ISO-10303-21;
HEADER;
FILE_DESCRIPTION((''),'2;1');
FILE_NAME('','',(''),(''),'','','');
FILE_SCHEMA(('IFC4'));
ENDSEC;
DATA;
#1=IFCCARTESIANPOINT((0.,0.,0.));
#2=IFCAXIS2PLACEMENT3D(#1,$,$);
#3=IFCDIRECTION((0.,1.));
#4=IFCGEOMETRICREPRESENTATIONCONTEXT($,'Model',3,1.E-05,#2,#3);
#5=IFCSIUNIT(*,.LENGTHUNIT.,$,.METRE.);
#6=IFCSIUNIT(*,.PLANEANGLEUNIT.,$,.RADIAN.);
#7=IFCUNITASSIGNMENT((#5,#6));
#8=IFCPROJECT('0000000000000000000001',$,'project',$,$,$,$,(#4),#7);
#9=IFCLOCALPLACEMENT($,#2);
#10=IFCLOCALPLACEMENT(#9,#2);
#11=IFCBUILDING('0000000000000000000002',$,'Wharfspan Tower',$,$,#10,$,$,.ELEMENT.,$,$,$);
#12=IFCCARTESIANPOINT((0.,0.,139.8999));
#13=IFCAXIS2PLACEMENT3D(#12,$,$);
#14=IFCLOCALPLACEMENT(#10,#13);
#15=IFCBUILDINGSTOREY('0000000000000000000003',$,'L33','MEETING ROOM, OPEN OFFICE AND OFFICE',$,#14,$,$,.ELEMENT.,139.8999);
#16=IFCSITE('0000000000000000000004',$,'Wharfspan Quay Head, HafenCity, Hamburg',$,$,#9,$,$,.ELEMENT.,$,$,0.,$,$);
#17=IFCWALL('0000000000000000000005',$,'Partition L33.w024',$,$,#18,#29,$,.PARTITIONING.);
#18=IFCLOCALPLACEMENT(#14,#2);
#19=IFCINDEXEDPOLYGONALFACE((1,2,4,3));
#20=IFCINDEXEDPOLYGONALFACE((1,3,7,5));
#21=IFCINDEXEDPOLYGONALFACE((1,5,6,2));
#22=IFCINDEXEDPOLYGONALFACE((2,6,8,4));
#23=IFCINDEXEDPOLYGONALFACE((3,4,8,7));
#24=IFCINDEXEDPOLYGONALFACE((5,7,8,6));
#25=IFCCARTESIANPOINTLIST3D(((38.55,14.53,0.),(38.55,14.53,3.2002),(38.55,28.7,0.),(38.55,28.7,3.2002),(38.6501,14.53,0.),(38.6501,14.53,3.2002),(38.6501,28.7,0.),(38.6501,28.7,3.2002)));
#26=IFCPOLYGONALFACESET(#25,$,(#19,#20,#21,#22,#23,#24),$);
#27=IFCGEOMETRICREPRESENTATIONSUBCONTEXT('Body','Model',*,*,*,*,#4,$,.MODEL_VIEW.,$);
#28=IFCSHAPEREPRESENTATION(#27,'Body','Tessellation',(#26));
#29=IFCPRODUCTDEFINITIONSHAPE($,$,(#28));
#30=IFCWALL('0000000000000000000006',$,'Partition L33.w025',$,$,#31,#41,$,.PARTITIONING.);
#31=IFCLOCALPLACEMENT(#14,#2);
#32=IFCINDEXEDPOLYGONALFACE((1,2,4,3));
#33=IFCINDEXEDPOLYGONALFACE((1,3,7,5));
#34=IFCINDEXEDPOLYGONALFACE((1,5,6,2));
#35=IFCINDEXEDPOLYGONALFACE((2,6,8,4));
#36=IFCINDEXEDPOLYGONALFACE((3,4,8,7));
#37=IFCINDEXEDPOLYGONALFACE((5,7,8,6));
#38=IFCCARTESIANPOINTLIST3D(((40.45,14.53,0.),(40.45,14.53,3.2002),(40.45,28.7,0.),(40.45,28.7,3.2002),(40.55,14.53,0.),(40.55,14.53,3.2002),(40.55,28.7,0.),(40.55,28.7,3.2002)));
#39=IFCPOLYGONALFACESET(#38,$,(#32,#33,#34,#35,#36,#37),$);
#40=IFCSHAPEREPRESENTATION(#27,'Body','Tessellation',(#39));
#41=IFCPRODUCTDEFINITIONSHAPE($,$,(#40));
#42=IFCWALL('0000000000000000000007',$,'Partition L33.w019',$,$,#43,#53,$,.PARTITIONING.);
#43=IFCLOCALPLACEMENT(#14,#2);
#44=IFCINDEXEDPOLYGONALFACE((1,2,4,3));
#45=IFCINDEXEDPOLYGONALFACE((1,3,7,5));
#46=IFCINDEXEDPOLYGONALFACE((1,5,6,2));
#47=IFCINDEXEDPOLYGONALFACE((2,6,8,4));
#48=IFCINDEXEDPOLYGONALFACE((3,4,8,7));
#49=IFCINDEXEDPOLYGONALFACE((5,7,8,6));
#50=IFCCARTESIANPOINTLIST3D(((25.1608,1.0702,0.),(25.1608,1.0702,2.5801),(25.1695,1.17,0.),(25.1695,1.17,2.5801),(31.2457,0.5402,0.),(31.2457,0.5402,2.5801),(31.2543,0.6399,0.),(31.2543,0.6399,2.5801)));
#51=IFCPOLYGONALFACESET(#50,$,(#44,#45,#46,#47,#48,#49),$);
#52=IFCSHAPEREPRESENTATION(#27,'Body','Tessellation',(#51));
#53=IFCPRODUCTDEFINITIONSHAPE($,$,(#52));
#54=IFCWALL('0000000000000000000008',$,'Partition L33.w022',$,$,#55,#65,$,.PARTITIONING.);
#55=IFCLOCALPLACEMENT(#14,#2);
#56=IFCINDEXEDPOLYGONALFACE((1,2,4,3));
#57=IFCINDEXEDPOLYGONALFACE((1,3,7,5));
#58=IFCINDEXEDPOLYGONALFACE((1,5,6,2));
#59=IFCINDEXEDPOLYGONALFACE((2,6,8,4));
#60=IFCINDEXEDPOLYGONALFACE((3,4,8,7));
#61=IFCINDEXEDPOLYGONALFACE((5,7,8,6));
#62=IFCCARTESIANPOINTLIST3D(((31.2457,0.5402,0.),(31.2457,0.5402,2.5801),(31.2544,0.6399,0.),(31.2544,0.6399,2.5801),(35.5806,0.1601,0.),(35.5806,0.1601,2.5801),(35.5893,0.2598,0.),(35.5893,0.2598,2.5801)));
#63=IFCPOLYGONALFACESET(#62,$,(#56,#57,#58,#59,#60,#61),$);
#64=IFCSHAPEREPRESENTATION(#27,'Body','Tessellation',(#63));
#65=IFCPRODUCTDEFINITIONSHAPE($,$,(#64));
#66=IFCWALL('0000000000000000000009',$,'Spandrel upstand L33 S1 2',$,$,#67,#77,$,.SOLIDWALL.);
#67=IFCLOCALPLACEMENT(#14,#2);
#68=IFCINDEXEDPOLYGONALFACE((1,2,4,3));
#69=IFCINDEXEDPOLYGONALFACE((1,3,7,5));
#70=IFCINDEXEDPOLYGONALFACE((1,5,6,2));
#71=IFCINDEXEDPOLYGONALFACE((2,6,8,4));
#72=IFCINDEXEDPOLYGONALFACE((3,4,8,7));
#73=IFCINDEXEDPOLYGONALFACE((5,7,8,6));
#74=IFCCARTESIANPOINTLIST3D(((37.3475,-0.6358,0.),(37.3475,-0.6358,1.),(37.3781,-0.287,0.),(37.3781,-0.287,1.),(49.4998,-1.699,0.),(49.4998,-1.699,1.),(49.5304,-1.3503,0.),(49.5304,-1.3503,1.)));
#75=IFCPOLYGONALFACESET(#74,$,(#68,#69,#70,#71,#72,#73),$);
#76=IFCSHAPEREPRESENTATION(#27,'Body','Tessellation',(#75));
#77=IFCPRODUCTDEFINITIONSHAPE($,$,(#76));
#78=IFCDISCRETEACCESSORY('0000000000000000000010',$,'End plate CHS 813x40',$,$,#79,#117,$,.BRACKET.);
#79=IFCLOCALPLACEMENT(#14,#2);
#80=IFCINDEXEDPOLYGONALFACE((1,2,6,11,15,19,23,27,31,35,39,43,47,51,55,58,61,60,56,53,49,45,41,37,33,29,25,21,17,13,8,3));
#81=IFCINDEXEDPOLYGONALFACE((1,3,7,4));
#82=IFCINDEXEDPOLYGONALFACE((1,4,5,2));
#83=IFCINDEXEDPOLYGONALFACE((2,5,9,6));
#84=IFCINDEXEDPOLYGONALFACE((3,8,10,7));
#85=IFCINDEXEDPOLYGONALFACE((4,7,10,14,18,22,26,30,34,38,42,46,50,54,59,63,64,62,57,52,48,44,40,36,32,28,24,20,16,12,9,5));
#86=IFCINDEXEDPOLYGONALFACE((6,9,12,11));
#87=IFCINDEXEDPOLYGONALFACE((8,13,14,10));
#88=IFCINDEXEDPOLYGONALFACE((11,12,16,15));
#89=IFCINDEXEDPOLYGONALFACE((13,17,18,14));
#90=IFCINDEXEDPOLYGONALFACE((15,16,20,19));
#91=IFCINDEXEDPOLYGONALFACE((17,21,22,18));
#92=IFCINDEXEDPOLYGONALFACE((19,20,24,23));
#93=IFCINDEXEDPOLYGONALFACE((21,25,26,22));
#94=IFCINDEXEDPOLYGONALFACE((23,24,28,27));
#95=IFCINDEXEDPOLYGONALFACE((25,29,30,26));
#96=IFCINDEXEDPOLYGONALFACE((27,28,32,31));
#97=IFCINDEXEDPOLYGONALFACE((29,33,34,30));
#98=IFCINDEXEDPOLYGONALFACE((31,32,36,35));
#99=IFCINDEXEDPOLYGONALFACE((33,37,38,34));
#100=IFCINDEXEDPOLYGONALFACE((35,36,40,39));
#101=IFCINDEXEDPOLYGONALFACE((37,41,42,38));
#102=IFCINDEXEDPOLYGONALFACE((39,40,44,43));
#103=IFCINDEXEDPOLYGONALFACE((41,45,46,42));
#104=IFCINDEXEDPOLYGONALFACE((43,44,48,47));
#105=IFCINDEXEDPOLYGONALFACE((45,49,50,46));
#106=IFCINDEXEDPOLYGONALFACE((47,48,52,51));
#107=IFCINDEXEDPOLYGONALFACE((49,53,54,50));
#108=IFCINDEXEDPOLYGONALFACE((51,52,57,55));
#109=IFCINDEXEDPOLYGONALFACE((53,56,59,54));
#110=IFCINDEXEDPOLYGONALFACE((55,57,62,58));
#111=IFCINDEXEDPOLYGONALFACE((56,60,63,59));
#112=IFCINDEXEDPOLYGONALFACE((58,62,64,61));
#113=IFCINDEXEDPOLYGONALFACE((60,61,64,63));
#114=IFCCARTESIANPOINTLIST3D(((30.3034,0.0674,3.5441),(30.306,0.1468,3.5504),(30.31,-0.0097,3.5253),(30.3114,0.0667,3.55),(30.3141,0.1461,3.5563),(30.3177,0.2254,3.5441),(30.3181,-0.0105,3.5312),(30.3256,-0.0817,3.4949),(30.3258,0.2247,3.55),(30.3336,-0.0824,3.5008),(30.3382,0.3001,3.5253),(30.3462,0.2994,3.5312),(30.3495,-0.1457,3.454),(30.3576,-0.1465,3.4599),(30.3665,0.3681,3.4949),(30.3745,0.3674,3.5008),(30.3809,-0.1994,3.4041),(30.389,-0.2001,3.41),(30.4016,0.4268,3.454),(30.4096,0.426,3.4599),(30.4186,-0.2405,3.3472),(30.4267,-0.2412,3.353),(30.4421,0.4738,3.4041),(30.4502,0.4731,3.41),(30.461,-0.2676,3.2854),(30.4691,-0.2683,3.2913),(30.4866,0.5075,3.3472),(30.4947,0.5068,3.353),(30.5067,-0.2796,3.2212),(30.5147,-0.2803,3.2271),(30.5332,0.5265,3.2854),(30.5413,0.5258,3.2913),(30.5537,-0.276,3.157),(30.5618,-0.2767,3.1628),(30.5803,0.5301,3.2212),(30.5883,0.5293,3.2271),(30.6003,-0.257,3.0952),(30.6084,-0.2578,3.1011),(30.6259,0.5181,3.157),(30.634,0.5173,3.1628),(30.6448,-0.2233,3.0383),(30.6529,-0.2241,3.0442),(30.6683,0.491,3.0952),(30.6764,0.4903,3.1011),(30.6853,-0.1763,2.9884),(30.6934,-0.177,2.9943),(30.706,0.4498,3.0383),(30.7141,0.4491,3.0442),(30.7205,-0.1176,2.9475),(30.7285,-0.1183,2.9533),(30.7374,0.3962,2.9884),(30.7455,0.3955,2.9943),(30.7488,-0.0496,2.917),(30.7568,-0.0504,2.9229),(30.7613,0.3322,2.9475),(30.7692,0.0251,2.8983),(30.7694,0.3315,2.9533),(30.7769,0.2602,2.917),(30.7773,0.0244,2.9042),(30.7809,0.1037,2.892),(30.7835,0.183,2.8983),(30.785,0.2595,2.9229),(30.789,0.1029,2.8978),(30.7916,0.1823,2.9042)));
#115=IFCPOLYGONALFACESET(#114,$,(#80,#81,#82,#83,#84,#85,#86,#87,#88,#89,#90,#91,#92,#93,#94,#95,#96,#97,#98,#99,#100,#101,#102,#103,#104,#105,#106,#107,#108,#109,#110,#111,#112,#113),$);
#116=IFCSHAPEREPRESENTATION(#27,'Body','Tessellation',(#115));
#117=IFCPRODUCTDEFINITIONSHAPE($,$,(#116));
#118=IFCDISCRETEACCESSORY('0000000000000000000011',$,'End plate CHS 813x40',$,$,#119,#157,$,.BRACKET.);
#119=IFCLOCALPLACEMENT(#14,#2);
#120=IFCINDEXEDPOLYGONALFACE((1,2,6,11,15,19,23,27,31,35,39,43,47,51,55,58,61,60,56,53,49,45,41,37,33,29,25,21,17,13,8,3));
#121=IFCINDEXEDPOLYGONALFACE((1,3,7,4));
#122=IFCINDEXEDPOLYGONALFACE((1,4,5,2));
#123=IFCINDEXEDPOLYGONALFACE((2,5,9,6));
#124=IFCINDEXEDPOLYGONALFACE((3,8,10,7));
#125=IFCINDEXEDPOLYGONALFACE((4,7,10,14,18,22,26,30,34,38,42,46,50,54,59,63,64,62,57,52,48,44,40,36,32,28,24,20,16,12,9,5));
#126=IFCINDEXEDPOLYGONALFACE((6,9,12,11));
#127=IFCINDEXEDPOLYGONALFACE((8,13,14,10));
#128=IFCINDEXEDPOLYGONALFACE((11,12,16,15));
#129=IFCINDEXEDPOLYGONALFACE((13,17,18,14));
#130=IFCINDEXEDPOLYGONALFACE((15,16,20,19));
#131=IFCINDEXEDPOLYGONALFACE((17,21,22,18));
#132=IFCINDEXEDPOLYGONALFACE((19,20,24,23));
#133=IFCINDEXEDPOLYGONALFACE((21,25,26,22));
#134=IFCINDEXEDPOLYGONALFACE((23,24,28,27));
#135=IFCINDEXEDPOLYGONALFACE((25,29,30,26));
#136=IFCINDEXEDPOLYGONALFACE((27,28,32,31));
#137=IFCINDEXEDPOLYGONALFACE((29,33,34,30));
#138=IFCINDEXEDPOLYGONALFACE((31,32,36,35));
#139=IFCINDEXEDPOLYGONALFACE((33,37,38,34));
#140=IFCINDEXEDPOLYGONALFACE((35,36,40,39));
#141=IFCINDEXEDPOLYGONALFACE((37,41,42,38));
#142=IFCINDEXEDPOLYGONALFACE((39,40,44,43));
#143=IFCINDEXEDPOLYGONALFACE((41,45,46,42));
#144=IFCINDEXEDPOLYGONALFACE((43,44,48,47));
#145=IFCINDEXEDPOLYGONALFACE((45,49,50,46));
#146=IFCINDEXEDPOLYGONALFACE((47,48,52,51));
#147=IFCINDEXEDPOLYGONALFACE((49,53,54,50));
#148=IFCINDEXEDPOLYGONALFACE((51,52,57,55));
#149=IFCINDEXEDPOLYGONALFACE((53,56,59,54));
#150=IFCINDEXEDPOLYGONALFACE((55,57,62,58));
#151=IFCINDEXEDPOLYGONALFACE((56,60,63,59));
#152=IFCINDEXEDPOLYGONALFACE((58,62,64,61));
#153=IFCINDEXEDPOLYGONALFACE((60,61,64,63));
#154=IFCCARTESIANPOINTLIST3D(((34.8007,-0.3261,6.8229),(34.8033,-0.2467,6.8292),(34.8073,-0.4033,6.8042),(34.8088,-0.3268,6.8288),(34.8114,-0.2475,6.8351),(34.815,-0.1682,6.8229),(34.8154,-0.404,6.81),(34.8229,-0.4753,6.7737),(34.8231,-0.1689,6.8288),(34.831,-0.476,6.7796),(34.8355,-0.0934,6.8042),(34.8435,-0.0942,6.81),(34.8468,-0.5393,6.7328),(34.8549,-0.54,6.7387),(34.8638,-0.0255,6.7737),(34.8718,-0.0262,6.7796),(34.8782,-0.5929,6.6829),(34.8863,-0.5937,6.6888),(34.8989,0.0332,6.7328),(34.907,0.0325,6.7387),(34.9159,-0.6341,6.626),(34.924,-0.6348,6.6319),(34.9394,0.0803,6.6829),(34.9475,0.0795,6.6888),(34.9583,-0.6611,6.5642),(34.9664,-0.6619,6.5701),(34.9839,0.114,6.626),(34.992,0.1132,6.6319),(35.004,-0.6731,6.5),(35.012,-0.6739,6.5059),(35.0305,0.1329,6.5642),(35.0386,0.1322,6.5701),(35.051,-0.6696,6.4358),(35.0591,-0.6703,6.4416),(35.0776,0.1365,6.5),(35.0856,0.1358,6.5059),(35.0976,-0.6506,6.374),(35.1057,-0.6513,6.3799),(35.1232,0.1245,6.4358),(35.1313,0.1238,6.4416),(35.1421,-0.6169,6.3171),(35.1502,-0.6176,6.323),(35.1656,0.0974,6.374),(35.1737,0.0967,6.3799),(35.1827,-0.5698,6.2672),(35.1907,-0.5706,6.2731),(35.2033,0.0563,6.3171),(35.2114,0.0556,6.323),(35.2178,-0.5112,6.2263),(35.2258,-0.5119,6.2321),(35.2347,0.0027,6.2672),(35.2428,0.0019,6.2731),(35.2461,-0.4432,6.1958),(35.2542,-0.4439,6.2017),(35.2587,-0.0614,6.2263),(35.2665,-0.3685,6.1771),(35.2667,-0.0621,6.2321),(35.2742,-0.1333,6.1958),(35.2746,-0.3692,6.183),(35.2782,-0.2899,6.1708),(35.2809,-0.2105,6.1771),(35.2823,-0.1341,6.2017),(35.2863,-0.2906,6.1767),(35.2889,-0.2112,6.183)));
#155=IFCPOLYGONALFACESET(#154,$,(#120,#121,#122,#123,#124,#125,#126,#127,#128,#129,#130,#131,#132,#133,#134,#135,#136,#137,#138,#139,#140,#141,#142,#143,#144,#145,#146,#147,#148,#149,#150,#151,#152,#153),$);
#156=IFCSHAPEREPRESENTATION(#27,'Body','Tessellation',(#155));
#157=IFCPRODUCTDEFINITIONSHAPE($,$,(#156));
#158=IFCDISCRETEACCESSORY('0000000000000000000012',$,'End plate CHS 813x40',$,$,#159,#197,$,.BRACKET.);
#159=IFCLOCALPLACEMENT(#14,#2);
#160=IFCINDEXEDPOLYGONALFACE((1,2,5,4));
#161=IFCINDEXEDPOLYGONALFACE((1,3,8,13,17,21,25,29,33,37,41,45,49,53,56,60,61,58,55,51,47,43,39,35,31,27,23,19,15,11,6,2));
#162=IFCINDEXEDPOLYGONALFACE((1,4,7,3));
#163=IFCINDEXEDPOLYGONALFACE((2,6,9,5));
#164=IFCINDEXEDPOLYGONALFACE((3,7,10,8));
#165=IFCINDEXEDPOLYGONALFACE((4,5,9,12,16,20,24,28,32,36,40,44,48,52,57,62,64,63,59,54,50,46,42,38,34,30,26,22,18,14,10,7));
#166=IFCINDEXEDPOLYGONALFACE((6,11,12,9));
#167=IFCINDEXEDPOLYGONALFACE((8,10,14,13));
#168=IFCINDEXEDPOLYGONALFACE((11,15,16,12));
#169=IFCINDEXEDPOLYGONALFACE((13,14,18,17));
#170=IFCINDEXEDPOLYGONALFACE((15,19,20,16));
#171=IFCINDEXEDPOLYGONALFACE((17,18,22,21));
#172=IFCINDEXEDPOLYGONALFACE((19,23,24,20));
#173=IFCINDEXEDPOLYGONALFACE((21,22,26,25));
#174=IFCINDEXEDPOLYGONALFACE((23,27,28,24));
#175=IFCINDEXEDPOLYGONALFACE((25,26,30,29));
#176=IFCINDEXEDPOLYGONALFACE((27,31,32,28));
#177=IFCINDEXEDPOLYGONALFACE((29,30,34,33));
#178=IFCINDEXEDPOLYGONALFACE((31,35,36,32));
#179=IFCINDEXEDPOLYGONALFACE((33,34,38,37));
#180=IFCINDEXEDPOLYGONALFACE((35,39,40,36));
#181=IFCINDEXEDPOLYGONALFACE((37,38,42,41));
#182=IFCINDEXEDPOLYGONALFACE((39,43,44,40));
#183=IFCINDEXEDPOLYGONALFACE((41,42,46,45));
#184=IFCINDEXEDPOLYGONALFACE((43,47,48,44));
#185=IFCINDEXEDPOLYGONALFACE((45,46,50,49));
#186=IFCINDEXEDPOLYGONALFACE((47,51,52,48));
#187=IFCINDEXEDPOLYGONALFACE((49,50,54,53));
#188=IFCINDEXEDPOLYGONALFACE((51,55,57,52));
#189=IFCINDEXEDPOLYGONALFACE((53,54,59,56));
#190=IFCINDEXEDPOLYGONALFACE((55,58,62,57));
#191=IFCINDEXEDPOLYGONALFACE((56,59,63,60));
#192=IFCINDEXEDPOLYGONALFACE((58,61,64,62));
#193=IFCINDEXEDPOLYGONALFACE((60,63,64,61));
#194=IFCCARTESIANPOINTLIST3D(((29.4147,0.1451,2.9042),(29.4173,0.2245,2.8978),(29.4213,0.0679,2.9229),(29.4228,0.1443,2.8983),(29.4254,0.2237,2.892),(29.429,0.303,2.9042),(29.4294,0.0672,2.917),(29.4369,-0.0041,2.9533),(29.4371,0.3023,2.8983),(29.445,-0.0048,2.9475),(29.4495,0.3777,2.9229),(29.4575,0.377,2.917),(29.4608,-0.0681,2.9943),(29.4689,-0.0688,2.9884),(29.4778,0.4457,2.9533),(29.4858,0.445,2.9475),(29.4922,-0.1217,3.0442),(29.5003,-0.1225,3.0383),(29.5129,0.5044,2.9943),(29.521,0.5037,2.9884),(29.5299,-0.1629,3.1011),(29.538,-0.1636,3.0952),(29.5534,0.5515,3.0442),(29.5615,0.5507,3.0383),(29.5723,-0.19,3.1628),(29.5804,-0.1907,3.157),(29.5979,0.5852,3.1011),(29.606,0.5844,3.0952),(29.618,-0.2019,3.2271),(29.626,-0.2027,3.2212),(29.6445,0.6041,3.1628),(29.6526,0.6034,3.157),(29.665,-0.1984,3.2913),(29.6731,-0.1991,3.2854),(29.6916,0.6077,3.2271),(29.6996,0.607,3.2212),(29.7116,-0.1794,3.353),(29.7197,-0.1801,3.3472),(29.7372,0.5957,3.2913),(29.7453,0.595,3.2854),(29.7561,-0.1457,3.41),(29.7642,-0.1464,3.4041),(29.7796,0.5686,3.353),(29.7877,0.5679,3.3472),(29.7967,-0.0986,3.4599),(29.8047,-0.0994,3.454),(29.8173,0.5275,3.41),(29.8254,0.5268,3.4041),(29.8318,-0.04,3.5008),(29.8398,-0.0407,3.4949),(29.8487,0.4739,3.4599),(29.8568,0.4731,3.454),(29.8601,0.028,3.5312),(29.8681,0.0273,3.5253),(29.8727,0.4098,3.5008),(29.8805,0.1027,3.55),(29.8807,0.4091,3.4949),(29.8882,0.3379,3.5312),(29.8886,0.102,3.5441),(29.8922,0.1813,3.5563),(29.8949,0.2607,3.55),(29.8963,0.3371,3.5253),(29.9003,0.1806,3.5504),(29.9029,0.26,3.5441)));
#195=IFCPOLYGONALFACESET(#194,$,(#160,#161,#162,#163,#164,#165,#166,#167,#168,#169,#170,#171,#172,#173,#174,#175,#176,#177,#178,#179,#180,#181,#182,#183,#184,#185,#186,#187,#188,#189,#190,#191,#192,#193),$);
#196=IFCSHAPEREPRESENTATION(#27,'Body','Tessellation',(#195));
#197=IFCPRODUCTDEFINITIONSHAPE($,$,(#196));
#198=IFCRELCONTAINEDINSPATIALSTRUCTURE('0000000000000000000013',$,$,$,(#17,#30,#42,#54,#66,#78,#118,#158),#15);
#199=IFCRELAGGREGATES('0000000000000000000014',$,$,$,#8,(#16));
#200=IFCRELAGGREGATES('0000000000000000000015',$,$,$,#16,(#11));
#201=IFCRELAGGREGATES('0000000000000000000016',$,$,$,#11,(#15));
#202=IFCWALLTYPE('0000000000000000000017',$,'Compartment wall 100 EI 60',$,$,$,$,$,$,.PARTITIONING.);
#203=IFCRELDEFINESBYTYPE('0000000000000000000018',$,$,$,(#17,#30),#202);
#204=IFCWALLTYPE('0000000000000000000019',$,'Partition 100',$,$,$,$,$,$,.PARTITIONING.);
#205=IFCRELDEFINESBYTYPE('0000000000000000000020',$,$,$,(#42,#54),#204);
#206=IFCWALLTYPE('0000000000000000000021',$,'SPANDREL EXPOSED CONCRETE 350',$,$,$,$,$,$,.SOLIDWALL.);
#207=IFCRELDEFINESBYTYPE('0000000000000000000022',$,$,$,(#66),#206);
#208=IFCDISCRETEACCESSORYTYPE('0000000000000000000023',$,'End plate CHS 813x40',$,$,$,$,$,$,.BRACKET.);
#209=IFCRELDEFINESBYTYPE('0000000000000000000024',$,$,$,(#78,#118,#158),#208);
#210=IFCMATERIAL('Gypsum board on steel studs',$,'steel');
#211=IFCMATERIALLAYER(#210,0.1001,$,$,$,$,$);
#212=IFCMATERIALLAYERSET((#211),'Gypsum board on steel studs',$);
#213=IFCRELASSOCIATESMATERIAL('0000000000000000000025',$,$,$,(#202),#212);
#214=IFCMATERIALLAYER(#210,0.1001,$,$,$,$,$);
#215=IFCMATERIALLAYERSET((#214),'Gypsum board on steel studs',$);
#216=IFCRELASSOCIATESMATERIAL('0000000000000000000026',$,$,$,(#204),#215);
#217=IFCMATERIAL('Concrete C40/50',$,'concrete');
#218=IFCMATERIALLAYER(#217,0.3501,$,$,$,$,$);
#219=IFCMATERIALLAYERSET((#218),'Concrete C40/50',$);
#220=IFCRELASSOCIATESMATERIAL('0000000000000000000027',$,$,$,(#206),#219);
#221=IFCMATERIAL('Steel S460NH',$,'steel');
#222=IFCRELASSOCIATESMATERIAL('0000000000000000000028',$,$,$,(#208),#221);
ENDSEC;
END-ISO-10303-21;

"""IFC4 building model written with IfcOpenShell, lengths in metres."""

from ifc_helpers import new_model, si_unit, direction, frame, frame_2d, origin, origin_2d, place, context, subcontext, project, spatial, rectangle, circle, extrude, material, layer, layer_set, material_profile, profile_set, type_object, element, save


model = new_model("IFC4")

# Units and contexts
model_context = context("Model", 3, precision=1e-05, world=origin(), true_north=direction((0.0, 1.0)))
body_context = subcontext(model_context, "Body", "Model", "MODEL_VIEW")
ifc_project = project(units=[si_unit("LENGTHUNIT", "METRE"), si_unit("PLANEANGLEUNIT", "RADIAN")], contexts=[model_context])

# Site, building, storey
site_placement = place(None, origin())
site = spatial("IfcSite", under=ifc_project, at=site_placement, Name="Wharfspan Quay Head, HafenCity, Hamburg", CompositionType="ELEMENT", RefElevation=0.0)
building_placement = place(site_placement, origin())
building = spatial("IfcBuilding", under=site, at=building_placement, Name="Wharfspan Tower", CompositionType="ELEMENT")
storey_placement = place(building_placement, frame((0.0, 0.0, 139.8999)))
storey = spatial("IfcBuildingStorey", under=building, at=storey_placement, Name="L33", Description="MEETING ROOM, OPEN OFFICE AND OFFICE", CompositionType="ELEMENT", Elevation=139.8999)

# Shared definitions
ifc_material_1 = material(Name="Steel S460NH", Category="steel")

# Walls
ifc_material_2 = material(Name="Gypsum board on steel studs", Category="steel")
ifc_layer_1 = layer(ifc_material_2, 0.1001)
ifc_layer_set_1 = layer_set([ifc_layer_1], Name="Gypsum board on steel studs")
wall_type_1 = type_object("IfcWallType", Name="Compartment wall 100 EI 60", PredefinedType="PARTITIONING", material=ifc_layer_set_1)
for number, where, z_axis, x_axis, name in (
    (1, (38.6001, 14.53, 0.0), (0.0, 0.0, 1.0), (0.0, 1.0, 0.0), "Partition L33.w024"),
    (2, (40.5, 14.53, 0.0), (0.0, 0.0, 1.0), (0.0, 1.0, 0.0), "Partition L33.w025"),
):
    element("IfcWall", number, at=place(storey_placement, frame(where, z_axis=z_axis, x_axis=x_axis)), inside=storey, type_object=wall_type_1, Name=name, PredefinedType="PARTITIONING", context=body_context, shape_type="SweptSolid", body=[
        extrude(rectangle(XDim=14.1699, YDim=0.1001, at=frame_2d((7.085, 0.0))), origin(), (0.0, 0.0, 1.0), 3.2002),
    ])
ifc_layer_2 = layer(ifc_material_2, 0.1001)
ifc_layer_set_2 = layer_set([ifc_layer_2], Name="Gypsum board on steel studs")
wall_type_2 = type_object("IfcWallType", Name="Partition 100", PredefinedType="PARTITIONING", material=ifc_layer_set_2)
wall_1_placement = place(storey_placement, frame((31.25, 0.5901, 0.0), z_axis=(0.0, 0.0, 1.0), x_axis=(-0.996225, 0.086776, 0.0)))
element("IfcWall", 3, at=wall_1_placement, inside=storey, type_object=wall_type_2, Name="Partition L33.w019", PredefinedType="PARTITIONING", context=body_context, shape_type="SweptSolid", body=[
    extrude(rectangle(XDim=6.1079, YDim=0.1001, at=frame_2d((3.054, 0.0))), origin(), (0.0, 0.0, 1.0), 2.5801),
])
wall_2_placement = place(storey_placement, frame((35.585, 0.21, 0.0), z_axis=(0.0, 0.0, 1.0), x_axis=(-0.996173, 0.087353, 0.0)))
element("IfcWall", 4, at=wall_2_placement, inside=storey, type_object=wall_type_2, Name="Partition L33.w022", PredefinedType="PARTITIONING", context=body_context, shape_type="SweptSolid", body=[
    extrude(rectangle(XDim=4.3516, YDim=0.1001, at=frame_2d((2.1758, 0.0))), origin(), (0.0, 0.0, 1.0), 2.5801),
])
ifc_material_3 = material(Name="Concrete C40/50", Category="concrete")
ifc_layer_3 = layer(ifc_material_3, 0.3501)
ifc_layer_set_3 = layer_set([ifc_layer_3], Name="Concrete C40/50")
wall_type_3 = type_object("IfcWallType", Name="SPANDREL EXPOSED CONCRETE 350", PredefinedType="SOLIDWALL", material=ifc_layer_set_3)
wall_3_placement = place(storey_placement, frame((37.3628, -0.4614, 0.0), z_axis=(0.0, 0.0, 1.0), x_axis=(0.996194, -0.087159, 0.0)))
element("IfcWall", 5, at=wall_3_placement, inside=storey, type_object=wall_type_3, Name="Spandrel upstand L33 S1 2", PredefinedType="SOLIDWALL", context=body_context, shape_type="SweptSolid", body=[
    extrude(rectangle(XDim=12.1987, YDim=0.3501, at=frame_2d((6.0994, 0.0))), origin(), (0.0, 0.0, 1.0), 1.0),
])

# Discrete accessories
ifc_material_profile_1 = material_profile(ifc_material_1, circle(Radius=0.4065, at=origin_2d()))
ifc_profile_set_1 = profile_set([ifc_material_profile_1], Name="Steel S460NH")
discrete_accessory_type = type_object("IfcDiscreteAccessoryType", Name="End plate CHS 813x40", PredefinedType="BRACKET", material=ifc_profile_set_1)
for number, where, z_axis, x_axis, name in (
    (6, (30.5435, 0.1252, 3.2212), (0.806559, -0.073324, 0.586588), (0.090536, 0.99589, 0.0), "End plate CHS 813x40"),
    (7, (35.0408, -0.2683, 6.5), (0.806559, -0.073324, 0.586588), (0.090536, 0.99589, 0.0), "End plate CHS 813x40"),
    (8, (29.6628, 0.2021, 3.2212), (-0.806559, 0.073324, 0.586588), (-0.090536, -0.99589, 0.0), "End plate CHS 813x40"),
):
    element("IfcDiscreteAccessory", number, at=place(storey_placement, frame(where, z_axis=z_axis, x_axis=x_axis)), inside=storey, type_object=discrete_accessory_type, Name=name, PredefinedType="BRACKET", context=body_context, shape_type="SweptSolid", body=[
        extrude(circle(Radius=0.4065, at=origin_2d()), origin(), (0.0, 0.0, 1.0), 0.01),
    ])

save(model, "model.ifc")
